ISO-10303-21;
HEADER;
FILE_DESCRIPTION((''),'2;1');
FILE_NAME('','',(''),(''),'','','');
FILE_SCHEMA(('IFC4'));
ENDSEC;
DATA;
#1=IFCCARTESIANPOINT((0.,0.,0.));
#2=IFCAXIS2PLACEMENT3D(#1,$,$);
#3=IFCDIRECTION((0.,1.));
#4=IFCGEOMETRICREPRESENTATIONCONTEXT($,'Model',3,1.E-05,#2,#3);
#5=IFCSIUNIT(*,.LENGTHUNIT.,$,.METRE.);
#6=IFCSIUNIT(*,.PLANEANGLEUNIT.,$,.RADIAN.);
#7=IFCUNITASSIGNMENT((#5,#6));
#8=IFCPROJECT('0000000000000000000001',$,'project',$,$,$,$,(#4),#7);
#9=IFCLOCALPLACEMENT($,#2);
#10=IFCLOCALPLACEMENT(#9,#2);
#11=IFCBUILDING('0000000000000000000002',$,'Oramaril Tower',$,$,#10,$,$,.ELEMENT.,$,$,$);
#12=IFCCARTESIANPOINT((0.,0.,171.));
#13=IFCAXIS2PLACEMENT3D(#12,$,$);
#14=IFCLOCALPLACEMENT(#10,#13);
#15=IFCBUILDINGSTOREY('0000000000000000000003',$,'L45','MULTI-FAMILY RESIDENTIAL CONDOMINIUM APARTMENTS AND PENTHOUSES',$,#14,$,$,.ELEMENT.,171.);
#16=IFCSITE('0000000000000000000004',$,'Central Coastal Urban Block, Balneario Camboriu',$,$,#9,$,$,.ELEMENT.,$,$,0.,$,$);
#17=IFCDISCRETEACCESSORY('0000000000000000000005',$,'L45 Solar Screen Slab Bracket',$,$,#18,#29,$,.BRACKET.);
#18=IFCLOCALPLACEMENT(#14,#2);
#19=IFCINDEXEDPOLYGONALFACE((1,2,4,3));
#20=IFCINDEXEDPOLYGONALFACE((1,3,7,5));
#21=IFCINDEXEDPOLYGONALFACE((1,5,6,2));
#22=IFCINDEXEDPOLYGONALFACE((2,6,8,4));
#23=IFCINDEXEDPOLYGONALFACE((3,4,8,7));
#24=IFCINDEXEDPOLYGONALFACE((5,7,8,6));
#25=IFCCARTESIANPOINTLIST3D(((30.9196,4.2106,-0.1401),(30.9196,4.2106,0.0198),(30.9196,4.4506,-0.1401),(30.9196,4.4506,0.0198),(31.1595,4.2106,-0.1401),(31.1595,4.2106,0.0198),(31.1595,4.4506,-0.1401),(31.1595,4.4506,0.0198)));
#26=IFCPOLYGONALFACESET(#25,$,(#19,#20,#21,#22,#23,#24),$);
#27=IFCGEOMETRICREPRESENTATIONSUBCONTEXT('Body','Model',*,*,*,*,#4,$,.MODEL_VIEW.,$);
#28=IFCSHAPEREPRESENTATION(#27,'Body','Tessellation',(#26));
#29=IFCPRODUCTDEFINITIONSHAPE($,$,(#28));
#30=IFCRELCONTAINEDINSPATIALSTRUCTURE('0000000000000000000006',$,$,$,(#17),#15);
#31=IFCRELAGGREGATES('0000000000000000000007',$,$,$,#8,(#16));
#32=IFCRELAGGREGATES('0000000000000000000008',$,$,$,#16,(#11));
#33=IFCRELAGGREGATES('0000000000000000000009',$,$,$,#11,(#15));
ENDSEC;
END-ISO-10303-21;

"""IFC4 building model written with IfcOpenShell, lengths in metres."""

from ifc_helpers import new_model, si_unit, direction, frame, origin, origin_2d, place, context, subcontext, project, spatial, rectangle, extrude, element, save


model = new_model("IFC4")

# Units and contexts
model_context = context("Model", 3, precision=1e-05, world=origin(), true_north=direction((0.0, 1.0)))
body_context = subcontext(model_context, "Body", "Model", "MODEL_VIEW")
ifc_project = project(units=[si_unit("LENGTHUNIT", "METRE"), si_unit("PLANEANGLEUNIT", "RADIAN")], contexts=[model_context])

# Site, building, storey
site_placement = place(None, origin())
site = spatial("IfcSite", under=ifc_project, at=site_placement, Name="Central Coastal Urban Block, Balneario Camboriu", CompositionType="ELEMENT", RefElevation=0.0)
building_placement = place(site_placement, origin())
building = spatial("IfcBuilding", under=site, at=building_placement, Name="Oramaril Tower", CompositionType="ELEMENT")
storey_placement = place(building_placement, frame((0.0, 0.0, 171.0)))
storey = spatial("IfcBuildingStorey", under=building, at=storey_placement, Name="L45", Description="MULTI-FAMILY RESIDENTIAL CONDOMINIUM APARTMENTS AND PENTHOUSES", CompositionType="ELEMENT", Elevation=171.0)

# Discrete accessory
discrete_accessory_placement = place(storey_placement, frame((31.0396, 4.3306, -0.1401), z_axis=(0.0, 0.0, 1.0), x_axis=(1.0, 0.0, 0.0)))
element("IfcDiscreteAccessory", 1, at=discrete_accessory_placement, inside=storey, Name="L45 Solar Screen Slab Bracket", PredefinedType="BRACKET", context=body_context, shape_type="SweptSolid", body=[
    extrude(rectangle(XDim=0.24, YDim=0.24, at=origin_2d()), origin(), (0.0, 0.0, 1.0), 0.1599),
])

save(model, "model.ifc")
